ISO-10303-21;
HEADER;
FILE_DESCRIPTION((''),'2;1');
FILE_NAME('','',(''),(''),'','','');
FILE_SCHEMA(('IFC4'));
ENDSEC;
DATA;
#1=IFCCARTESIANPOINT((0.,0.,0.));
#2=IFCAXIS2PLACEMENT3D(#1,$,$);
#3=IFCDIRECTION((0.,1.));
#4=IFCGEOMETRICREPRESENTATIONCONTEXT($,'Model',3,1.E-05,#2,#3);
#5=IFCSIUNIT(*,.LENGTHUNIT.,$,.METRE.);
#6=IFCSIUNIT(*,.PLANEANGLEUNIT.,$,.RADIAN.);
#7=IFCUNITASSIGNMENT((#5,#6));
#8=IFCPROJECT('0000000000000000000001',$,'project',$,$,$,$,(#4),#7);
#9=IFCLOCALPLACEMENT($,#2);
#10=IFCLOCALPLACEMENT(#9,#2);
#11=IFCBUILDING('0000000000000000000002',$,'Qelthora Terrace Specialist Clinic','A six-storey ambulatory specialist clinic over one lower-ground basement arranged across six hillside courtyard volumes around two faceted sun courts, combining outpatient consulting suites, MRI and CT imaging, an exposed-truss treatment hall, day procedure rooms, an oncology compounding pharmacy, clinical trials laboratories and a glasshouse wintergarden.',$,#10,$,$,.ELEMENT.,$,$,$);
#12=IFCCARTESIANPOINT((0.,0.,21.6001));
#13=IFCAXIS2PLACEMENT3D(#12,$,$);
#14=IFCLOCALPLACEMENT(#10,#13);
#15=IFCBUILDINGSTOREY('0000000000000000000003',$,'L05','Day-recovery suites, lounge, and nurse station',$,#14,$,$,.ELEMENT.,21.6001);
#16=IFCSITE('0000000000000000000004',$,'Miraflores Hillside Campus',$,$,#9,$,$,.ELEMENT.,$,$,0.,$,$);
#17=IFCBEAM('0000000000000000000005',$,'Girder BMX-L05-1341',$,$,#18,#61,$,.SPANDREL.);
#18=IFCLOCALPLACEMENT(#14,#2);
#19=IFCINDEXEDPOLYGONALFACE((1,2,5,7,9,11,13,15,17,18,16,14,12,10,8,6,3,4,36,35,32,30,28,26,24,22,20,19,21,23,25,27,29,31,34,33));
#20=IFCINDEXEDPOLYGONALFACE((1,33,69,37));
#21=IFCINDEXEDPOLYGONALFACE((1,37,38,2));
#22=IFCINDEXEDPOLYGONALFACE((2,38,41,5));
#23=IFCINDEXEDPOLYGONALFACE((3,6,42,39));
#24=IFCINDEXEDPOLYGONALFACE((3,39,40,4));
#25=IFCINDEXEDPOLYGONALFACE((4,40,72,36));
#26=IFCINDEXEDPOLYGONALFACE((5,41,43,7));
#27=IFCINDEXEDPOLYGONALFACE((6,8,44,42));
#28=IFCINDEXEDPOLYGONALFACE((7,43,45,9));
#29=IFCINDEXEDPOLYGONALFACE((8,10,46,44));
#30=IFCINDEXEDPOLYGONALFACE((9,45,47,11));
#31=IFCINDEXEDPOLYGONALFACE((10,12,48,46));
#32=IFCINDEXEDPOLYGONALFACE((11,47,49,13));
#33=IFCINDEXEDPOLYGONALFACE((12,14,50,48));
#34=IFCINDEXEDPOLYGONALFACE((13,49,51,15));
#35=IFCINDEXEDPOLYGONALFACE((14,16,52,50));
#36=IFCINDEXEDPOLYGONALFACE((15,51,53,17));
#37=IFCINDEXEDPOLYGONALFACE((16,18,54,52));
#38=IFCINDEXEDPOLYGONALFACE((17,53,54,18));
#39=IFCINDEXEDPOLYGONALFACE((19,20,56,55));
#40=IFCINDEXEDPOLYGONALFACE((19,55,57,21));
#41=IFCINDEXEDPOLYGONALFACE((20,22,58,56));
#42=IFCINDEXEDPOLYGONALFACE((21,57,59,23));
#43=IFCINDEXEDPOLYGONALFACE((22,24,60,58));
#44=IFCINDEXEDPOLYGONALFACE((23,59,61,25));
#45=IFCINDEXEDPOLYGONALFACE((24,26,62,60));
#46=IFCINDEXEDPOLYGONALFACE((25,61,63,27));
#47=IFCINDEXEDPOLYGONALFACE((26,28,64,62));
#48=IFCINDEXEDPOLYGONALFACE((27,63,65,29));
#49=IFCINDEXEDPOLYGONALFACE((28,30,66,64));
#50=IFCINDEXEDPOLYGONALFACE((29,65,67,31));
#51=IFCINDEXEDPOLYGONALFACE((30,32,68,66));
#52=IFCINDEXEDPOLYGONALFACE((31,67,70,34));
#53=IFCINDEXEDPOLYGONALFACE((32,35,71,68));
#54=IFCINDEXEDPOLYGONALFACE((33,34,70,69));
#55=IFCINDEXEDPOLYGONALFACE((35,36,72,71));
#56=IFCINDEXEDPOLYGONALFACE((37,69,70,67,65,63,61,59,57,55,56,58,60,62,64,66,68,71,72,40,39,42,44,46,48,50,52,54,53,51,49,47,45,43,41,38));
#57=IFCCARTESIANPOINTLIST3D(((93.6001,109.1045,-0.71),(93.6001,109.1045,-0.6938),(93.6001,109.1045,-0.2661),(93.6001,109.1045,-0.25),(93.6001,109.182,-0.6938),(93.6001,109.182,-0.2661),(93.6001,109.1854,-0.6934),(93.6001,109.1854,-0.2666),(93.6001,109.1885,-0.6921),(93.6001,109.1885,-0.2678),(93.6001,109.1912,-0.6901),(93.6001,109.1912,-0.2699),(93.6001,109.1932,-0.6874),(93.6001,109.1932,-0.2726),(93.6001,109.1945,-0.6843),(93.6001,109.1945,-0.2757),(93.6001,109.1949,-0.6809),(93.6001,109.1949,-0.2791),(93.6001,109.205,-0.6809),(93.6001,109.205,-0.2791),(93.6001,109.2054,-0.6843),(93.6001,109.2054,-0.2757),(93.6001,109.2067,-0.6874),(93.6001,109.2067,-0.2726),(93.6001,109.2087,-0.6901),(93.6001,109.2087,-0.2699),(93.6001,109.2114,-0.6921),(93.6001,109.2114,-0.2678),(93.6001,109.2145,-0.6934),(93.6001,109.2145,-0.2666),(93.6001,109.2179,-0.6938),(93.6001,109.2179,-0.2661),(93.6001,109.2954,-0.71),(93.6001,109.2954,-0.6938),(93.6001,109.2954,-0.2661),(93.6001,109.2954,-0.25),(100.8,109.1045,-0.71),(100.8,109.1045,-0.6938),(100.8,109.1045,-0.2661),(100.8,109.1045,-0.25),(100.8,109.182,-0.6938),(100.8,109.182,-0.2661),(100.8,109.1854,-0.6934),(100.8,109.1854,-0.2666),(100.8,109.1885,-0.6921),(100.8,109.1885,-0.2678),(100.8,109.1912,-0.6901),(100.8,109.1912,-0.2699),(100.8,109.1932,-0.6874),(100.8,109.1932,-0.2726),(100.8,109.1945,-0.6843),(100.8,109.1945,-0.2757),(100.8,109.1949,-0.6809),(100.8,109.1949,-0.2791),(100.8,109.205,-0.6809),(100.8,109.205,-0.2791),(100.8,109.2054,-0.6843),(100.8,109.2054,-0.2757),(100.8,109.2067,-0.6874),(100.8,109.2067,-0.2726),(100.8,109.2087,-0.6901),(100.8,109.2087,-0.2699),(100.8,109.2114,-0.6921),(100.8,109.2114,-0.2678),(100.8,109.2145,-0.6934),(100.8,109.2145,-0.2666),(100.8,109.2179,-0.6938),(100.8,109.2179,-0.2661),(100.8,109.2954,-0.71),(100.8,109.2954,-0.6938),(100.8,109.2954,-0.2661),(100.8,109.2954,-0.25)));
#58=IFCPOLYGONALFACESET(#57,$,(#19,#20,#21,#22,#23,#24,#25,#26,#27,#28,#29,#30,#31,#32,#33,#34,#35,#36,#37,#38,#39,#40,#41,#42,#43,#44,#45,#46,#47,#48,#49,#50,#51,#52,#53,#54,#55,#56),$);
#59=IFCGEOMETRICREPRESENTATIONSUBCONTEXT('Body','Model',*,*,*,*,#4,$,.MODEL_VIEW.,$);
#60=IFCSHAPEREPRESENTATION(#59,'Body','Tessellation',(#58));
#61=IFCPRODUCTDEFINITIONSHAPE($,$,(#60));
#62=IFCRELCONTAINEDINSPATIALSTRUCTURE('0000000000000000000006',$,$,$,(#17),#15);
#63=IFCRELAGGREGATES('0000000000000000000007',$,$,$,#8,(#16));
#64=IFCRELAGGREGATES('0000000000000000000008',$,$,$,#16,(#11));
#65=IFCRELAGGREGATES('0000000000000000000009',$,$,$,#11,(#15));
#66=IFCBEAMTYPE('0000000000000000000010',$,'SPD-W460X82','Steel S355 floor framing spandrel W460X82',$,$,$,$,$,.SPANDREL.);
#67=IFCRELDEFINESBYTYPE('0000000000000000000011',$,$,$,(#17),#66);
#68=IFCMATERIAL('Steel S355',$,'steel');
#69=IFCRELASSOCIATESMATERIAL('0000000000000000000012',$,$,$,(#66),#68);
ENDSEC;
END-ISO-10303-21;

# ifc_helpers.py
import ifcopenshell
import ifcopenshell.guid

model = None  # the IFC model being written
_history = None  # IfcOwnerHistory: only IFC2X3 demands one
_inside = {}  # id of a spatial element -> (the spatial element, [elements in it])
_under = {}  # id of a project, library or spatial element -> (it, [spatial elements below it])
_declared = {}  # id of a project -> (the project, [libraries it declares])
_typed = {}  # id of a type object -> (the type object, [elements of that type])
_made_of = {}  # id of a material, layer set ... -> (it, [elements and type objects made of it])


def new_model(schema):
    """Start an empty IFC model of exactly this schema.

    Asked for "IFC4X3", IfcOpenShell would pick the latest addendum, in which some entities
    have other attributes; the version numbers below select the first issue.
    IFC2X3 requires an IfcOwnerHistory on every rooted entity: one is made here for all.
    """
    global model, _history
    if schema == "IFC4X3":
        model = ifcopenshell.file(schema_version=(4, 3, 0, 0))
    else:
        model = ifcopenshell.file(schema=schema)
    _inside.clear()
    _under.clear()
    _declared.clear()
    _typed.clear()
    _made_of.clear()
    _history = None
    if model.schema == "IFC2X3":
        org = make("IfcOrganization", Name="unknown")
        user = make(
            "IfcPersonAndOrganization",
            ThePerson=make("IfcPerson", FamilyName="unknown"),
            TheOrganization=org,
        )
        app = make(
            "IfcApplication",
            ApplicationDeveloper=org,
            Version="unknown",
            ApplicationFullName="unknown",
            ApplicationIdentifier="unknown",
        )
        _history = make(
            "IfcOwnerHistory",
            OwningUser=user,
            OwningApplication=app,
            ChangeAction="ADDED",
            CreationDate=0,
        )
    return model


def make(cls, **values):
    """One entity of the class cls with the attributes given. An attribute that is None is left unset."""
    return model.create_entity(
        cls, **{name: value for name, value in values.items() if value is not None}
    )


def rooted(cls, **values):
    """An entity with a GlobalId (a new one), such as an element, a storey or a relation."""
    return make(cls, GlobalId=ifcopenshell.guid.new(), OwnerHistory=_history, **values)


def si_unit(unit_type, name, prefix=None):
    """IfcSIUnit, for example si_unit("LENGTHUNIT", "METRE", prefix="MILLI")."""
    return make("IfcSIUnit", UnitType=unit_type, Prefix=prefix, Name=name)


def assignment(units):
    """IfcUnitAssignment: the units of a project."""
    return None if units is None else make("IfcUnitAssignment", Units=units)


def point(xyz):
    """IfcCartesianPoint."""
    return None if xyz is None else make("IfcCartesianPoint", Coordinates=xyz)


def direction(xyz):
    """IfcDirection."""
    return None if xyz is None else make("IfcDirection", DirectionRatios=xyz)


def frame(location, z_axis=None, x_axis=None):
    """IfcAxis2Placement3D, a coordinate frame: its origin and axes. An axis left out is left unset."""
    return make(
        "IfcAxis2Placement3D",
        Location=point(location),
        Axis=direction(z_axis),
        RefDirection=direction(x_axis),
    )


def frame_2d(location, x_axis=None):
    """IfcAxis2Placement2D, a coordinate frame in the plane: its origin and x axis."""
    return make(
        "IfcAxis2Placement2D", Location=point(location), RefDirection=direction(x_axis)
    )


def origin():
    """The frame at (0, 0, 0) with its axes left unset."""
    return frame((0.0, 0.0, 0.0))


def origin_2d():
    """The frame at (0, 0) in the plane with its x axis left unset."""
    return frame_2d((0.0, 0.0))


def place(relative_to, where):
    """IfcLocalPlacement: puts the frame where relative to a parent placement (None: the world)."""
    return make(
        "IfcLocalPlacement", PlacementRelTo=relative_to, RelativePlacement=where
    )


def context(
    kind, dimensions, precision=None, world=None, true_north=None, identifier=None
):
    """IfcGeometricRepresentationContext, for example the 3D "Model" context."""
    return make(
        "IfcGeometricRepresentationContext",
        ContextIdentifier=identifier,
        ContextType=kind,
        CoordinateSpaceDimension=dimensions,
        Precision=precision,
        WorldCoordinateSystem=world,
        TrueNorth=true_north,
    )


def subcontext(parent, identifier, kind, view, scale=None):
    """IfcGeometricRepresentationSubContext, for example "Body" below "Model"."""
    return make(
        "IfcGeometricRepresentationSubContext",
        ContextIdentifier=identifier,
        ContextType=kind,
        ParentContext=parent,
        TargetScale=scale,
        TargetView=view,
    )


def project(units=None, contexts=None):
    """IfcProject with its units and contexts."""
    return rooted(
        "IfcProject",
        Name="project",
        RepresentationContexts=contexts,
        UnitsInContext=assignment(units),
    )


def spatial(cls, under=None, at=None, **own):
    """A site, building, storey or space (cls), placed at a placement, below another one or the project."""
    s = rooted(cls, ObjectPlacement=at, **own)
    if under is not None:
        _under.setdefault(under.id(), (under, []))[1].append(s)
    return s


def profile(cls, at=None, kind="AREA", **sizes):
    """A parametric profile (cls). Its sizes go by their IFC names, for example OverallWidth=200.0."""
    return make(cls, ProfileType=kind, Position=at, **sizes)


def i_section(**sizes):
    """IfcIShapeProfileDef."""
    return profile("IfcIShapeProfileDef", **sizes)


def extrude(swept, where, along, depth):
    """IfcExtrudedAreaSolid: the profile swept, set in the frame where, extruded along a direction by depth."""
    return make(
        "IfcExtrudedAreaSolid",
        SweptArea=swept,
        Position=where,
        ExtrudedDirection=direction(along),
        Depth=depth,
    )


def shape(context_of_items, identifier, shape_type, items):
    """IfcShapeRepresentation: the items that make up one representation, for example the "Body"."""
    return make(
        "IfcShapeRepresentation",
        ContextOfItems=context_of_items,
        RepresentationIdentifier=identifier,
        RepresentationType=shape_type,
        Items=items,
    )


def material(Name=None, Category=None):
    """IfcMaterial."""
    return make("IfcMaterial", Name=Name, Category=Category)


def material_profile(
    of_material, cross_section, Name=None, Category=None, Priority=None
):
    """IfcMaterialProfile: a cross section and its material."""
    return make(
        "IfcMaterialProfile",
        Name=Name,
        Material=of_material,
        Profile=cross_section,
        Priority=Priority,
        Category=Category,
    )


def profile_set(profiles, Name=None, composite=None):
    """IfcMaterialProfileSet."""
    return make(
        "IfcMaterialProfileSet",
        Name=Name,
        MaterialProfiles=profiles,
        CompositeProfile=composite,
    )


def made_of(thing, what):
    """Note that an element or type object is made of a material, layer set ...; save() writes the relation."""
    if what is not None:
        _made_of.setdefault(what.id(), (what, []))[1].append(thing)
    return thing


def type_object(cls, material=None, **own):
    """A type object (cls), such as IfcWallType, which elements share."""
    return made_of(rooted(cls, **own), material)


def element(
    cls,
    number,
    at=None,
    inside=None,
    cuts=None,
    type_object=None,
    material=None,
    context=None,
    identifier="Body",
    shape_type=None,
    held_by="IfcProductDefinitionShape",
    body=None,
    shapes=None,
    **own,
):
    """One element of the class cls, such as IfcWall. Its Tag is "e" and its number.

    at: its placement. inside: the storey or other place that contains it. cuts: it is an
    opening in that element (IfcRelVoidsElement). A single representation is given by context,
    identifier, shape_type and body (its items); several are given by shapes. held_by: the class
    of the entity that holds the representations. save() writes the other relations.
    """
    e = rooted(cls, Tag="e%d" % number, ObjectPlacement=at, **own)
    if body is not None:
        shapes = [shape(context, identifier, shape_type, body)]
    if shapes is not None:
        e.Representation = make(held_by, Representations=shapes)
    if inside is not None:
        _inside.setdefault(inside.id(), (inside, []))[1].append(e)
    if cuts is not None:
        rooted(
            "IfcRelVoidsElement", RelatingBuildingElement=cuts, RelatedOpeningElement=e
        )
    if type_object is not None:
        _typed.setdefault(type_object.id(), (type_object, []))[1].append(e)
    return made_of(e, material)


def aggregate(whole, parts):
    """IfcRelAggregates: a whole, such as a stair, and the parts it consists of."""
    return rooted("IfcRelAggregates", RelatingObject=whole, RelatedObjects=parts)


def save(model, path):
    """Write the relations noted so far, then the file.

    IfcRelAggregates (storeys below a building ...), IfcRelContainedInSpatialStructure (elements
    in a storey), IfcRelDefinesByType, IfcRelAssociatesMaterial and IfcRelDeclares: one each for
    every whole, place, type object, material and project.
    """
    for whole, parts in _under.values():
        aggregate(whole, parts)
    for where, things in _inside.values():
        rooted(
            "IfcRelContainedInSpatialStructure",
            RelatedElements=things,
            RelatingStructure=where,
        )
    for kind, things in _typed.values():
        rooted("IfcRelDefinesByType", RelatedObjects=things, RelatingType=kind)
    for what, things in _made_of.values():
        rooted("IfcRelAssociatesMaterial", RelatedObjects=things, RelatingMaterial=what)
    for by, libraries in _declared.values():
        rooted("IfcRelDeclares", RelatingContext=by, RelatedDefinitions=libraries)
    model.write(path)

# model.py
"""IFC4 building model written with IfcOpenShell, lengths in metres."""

from ifc_helpers import new_model, si_unit, direction, frame, origin, origin_2d, place, context, subcontext, project, spatial, i_section, extrude, material, material_profile, profile_set, type_object, element, save


model = new_model("IFC4")

# Units and contexts
model_context = context("Model", 3, precision=1e-05, world=origin(), true_north=direction((0.0, 1.0)))
body_context = subcontext(model_context, "Body", "Model", "MODEL_VIEW")
ifc_project = project(units=[si_unit("LENGTHUNIT", "METRE"), si_unit("PLANEANGLEUNIT", "RADIAN")], contexts=[model_context])

# Site, building, storey
site_placement = place(None, origin())
site = spatial("IfcSite", under=ifc_project, at=site_placement, Name="Miraflores Hillside Campus", CompositionType="ELEMENT", RefElevation=0.0)
building_placement = place(site_placement, origin())
building = spatial("IfcBuilding", under=site, at=building_placement, Name="Qelthora Terrace Specialist Clinic", Description="A six-storey ambulatory specialist clinic over one lower-ground basement arranged across six hillside courtyard volumes around two faceted sun courts, combining outpatient consulting suites, MRI and CT imaging, an exposed-truss treatment hall, day procedure rooms, an oncology compounding pharmacy, clinical trials laboratories and a glasshouse wintergarden.", CompositionType="ELEMENT")
storey_placement = place(building_placement, frame((0.0, 0.0, 21.6001)))
storey = spatial("IfcBuildingStorey", under=building, at=storey_placement, Name="L05", Description="Day-recovery suites, lounge, and nurse station", CompositionType="ELEMENT", Elevation=21.6001)

# Beam
ifc_material = material(Name="Steel S355", Category="steel")
ifc_material_profile_1 = material_profile(ifc_material, i_section(OverallWidth=0.1909, OverallDepth=0.46, WebThickness=0.01, FlangeThickness=0.0161, FilletRadius=0.0129, at=origin_2d()), Name="W460X82")
ifc_profile_set_1 = profile_set([ifc_material_profile_1], Name="Steel S355")
beam_type_1 = type_object("IfcBeamType", Name="SPD-W460X82", Description="Steel S355 floor framing spandrel W460X82", PredefinedType="SPANDREL", material=ifc_profile_set_1)
beam_1_placement = place(storey_placement, frame((93.6001, 109.2, -0.48), z_axis=(1.0, 0.0, 0.0), x_axis=(0.0, 1.0, 0.0)))
element("IfcBeam", 1, at=beam_1_placement, inside=storey, type_object=beam_type_1, Name="Girder BMX-L05-1341", PredefinedType="SPANDREL", context=body_context, shape_type="SweptSolid", body=[
    extrude(i_section(OverallWidth=0.1909, OverallDepth=0.46, WebThickness=0.01, FlangeThickness=0.0161, FilletRadius=0.0129, at=origin_2d()), origin(), (0.0, 0.0, 1.0), 7.2),
])

save(model, "model.ifc")
